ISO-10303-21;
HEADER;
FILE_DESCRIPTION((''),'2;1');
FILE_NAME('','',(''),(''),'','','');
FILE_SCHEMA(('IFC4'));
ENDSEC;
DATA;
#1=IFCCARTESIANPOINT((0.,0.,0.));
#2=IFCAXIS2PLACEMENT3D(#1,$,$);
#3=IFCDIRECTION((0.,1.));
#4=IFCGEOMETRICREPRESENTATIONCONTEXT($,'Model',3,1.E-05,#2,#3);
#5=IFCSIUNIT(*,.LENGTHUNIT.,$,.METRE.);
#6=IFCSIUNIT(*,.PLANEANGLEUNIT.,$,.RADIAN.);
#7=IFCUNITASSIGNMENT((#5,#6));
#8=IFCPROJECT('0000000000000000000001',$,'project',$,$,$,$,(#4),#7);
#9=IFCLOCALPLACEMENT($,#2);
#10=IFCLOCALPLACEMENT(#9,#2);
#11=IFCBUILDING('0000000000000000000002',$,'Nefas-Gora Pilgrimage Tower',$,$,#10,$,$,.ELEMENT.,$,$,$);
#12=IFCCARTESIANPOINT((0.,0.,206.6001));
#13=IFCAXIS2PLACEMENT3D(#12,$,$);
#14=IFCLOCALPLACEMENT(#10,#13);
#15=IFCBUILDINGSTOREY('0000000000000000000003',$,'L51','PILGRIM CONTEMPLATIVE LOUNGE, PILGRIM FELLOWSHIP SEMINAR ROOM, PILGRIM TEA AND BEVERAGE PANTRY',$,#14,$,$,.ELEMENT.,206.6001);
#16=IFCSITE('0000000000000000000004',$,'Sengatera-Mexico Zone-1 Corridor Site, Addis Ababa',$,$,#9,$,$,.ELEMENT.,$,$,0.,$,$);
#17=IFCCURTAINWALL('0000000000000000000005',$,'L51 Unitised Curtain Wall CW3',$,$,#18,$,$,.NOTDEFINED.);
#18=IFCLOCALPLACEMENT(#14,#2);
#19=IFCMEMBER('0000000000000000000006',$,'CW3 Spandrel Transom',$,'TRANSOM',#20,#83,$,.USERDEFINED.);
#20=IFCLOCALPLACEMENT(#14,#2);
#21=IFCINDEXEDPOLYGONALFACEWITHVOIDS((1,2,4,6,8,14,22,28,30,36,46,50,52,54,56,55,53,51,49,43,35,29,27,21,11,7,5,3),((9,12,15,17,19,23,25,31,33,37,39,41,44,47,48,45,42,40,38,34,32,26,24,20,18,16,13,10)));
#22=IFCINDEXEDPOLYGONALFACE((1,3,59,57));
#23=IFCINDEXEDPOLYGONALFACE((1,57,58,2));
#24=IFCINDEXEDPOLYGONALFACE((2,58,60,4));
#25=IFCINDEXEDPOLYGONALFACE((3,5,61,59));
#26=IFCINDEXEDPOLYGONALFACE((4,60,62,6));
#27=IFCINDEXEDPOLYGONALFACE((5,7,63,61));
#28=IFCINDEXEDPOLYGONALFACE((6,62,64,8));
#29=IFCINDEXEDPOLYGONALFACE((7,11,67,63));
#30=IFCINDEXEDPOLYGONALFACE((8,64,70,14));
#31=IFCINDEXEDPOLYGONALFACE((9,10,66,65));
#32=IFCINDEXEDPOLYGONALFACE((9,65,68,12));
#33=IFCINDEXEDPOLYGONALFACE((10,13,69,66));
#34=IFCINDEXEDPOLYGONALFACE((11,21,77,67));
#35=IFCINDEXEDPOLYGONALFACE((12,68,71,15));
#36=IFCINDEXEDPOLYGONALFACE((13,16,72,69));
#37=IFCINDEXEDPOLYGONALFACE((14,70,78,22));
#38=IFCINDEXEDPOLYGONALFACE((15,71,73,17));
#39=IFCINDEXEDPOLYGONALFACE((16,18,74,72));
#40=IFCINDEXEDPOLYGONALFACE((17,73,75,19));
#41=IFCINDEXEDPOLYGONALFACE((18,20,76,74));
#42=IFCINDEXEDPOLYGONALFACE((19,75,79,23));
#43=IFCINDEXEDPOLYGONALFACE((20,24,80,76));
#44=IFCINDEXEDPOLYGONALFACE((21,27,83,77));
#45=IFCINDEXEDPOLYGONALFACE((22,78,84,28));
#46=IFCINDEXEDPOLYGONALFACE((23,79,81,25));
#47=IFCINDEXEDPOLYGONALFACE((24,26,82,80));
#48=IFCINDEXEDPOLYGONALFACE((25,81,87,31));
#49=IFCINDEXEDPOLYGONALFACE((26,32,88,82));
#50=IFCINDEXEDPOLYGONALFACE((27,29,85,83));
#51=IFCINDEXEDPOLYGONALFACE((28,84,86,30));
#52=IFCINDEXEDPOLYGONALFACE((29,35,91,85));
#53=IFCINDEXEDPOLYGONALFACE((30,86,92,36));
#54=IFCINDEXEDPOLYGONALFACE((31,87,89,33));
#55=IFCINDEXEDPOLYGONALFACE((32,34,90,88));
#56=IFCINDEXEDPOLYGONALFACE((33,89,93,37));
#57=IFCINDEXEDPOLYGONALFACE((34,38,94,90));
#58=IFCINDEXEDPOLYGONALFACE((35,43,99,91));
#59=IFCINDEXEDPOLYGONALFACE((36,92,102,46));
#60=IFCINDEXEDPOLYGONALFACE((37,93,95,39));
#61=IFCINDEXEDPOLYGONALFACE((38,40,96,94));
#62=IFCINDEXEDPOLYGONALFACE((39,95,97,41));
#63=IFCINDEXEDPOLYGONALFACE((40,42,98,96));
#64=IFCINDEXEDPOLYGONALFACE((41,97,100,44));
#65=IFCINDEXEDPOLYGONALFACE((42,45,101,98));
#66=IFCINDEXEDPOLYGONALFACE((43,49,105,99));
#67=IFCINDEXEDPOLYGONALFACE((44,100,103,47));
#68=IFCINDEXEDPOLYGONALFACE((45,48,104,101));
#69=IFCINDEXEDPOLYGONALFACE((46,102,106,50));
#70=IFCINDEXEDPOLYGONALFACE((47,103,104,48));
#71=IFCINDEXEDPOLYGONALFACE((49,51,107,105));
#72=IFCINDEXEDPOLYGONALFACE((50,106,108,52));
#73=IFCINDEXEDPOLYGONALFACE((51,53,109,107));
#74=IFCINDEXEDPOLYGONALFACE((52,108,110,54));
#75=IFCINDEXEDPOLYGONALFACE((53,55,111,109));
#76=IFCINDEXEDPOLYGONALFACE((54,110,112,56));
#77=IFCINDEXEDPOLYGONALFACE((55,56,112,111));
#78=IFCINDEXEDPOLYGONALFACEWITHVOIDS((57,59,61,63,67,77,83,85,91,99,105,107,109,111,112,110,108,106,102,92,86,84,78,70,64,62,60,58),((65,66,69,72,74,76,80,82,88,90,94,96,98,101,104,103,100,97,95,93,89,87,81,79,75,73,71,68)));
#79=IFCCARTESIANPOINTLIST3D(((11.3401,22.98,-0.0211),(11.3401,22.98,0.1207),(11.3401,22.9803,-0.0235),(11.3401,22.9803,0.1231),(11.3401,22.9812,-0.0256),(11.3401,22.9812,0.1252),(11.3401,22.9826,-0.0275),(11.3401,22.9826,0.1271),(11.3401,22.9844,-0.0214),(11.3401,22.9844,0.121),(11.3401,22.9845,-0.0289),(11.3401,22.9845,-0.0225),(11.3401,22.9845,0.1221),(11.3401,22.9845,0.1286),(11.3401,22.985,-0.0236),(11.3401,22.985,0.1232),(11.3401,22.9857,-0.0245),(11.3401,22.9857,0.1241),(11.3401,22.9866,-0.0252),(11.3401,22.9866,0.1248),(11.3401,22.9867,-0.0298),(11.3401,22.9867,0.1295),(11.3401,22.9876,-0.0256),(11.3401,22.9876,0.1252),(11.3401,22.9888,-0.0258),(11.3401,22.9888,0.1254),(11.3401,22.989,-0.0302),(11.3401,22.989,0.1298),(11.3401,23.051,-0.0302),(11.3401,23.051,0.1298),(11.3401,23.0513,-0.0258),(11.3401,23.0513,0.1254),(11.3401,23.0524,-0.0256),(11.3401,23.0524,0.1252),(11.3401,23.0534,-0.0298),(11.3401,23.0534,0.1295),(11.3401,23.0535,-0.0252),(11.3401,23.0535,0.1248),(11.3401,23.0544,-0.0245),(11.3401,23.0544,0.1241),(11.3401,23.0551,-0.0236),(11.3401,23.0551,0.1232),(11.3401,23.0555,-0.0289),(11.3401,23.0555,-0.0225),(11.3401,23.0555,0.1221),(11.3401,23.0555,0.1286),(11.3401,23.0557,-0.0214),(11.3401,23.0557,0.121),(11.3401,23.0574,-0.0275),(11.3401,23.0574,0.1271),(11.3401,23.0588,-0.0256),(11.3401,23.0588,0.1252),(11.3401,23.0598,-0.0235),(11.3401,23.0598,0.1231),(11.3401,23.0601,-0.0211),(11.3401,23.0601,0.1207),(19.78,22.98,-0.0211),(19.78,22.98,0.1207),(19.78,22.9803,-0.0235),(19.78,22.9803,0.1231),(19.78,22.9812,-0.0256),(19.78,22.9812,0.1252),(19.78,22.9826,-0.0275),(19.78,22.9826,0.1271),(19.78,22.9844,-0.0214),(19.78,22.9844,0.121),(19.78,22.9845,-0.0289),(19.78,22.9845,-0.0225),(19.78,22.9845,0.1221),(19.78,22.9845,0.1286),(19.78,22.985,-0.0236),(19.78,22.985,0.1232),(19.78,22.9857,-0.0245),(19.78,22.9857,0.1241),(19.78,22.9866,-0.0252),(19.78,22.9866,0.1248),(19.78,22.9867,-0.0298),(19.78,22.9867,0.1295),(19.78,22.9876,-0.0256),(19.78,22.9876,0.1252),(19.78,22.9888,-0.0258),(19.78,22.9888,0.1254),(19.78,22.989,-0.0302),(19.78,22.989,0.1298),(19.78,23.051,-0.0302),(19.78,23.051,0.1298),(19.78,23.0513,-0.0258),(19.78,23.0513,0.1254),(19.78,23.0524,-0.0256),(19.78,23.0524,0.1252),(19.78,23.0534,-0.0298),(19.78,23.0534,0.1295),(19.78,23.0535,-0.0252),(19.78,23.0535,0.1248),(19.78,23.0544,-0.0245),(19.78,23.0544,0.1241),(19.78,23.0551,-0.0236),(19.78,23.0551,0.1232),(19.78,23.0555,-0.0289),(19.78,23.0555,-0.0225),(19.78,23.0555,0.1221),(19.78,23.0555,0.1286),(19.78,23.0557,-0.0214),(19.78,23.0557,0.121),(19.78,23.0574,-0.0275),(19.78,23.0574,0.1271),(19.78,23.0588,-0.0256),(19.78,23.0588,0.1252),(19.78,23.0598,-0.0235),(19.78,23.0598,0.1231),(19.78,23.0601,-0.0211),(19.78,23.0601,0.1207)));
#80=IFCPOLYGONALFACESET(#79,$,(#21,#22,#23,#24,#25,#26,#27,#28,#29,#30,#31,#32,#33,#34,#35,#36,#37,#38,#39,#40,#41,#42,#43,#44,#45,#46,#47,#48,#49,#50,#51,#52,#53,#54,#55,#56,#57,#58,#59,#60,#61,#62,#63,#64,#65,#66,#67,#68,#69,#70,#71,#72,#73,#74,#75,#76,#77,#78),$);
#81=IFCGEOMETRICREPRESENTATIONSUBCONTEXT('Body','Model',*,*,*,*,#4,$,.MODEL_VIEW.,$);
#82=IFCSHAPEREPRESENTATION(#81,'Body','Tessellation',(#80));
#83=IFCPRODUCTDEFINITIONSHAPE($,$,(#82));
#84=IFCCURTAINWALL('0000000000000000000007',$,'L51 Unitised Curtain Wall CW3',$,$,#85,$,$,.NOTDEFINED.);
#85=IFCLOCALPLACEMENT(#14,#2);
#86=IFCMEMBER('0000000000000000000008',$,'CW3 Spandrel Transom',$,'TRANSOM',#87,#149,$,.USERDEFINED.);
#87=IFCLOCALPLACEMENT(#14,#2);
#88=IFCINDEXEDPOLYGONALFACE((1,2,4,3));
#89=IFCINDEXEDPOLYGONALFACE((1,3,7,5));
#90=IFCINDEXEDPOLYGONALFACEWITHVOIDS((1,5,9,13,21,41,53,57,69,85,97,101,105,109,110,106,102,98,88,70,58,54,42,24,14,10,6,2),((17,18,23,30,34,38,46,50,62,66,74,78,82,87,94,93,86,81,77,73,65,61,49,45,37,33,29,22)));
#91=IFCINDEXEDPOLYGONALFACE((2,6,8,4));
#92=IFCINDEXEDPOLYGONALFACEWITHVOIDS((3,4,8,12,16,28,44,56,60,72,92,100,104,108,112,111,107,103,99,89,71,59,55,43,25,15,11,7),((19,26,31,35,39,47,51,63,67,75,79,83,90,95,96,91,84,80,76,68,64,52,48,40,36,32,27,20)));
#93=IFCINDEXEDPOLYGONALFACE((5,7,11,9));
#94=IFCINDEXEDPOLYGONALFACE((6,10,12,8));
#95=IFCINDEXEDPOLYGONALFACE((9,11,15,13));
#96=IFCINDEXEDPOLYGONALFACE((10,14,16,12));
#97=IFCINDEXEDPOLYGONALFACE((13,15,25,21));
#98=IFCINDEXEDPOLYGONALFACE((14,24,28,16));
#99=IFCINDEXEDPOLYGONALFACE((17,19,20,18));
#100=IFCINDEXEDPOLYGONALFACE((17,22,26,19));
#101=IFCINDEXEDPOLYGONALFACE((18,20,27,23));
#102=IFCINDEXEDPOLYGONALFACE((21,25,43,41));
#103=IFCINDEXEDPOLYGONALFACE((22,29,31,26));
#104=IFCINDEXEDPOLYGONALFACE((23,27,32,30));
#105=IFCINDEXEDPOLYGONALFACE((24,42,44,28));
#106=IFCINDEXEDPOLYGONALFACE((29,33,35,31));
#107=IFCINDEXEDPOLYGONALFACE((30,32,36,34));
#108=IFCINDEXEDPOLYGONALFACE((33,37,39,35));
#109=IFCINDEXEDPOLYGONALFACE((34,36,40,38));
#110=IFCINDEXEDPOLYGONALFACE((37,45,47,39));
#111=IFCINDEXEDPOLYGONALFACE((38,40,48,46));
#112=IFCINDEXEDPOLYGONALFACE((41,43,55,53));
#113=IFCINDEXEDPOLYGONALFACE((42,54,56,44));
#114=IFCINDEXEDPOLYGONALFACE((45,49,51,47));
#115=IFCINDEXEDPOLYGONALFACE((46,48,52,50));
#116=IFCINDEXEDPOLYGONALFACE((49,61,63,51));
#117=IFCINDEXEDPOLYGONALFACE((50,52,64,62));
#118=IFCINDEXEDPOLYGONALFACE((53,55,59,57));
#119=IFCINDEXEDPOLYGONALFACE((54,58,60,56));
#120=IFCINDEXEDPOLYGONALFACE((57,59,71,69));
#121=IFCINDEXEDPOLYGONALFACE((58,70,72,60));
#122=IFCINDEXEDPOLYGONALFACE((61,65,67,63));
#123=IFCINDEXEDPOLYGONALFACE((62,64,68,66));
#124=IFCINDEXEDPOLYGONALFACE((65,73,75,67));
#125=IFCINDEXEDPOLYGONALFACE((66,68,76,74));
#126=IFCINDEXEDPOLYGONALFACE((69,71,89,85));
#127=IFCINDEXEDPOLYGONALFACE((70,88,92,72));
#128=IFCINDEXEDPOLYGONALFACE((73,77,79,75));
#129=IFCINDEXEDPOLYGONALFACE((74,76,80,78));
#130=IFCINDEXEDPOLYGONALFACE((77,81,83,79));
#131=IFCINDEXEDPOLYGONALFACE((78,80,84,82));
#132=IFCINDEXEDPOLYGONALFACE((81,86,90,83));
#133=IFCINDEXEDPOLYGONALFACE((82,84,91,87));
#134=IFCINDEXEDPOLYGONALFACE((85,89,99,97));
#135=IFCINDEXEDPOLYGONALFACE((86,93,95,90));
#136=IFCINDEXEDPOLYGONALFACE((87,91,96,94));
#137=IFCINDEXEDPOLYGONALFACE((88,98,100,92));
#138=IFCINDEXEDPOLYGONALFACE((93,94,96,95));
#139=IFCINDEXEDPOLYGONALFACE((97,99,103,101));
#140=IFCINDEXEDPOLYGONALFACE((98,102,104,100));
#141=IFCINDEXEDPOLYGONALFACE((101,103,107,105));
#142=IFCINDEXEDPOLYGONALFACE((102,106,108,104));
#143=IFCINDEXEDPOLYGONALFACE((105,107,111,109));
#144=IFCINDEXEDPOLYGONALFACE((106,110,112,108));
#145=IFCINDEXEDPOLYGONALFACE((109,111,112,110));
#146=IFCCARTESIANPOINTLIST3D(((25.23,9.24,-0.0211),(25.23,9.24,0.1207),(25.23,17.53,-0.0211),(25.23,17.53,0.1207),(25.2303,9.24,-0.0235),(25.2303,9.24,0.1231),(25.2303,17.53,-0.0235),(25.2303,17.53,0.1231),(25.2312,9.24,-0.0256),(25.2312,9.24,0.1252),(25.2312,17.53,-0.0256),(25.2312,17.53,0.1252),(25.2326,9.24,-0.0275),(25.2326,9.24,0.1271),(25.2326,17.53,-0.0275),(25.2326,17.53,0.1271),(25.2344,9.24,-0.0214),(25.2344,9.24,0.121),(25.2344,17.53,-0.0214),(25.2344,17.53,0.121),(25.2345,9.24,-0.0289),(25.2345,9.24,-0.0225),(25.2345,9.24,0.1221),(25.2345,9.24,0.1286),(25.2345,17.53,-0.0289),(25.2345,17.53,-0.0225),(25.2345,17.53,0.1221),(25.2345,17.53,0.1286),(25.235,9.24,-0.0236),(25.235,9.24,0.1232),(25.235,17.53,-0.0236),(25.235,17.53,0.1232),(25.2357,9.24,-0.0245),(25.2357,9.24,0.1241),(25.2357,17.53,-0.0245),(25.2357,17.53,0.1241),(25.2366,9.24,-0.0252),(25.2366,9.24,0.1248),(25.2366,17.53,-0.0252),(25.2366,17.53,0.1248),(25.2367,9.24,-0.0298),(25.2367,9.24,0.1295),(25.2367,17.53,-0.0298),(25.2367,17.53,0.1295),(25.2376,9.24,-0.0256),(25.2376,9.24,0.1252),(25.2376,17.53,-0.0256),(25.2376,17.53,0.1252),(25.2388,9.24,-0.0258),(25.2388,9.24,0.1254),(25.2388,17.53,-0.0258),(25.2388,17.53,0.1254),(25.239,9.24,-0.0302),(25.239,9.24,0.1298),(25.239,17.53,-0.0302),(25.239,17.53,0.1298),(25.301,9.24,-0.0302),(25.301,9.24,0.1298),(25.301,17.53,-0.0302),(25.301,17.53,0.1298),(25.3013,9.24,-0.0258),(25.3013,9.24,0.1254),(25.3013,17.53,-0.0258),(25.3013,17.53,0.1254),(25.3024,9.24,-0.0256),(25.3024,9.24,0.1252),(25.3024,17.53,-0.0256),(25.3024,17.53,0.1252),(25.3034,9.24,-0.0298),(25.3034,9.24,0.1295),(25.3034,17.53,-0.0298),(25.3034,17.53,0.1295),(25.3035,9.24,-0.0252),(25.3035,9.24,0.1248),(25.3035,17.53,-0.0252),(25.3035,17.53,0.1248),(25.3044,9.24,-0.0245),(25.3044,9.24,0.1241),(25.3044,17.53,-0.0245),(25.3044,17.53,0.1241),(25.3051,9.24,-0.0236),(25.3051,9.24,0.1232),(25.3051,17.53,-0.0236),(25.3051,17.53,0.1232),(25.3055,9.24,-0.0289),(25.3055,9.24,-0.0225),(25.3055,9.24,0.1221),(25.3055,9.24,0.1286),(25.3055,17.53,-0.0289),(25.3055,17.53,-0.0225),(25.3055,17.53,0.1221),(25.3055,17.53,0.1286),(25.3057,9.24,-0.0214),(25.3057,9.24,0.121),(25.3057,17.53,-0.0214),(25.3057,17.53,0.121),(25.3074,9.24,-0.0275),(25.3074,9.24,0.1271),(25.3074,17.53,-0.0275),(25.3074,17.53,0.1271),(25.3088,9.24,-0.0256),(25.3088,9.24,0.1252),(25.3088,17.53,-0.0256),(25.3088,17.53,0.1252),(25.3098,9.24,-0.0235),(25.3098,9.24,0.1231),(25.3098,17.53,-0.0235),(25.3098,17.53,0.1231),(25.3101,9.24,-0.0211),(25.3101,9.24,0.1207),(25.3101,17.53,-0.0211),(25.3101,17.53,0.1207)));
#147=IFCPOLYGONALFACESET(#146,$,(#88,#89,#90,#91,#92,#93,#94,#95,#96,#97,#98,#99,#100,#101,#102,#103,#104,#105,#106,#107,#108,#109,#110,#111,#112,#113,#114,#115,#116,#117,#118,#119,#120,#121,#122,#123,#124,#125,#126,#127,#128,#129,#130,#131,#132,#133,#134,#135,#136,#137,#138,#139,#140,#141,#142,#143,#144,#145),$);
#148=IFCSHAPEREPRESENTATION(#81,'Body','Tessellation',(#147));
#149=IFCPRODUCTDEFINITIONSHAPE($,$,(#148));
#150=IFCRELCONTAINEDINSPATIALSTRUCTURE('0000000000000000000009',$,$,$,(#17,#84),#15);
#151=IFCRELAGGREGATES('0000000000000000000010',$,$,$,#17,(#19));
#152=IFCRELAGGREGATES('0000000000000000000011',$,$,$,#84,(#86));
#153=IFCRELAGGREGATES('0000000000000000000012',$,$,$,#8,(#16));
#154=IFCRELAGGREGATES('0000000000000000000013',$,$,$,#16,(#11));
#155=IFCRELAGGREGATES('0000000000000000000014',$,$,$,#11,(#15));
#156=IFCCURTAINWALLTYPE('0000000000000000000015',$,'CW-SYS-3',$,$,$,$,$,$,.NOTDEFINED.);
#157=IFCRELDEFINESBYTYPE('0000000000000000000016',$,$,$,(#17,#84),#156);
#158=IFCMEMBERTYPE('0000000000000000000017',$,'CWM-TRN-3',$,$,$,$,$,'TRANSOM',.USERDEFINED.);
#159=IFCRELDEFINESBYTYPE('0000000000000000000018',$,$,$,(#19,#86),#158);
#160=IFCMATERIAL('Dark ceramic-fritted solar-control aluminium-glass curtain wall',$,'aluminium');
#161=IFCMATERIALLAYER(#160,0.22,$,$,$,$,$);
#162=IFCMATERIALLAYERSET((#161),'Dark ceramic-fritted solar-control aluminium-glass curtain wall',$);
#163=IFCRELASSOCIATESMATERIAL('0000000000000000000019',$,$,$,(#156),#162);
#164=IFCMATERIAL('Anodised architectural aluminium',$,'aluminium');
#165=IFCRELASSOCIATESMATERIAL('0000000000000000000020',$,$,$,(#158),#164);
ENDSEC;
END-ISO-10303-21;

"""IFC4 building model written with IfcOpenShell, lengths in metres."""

from ifc_helpers import new_model, si_unit, direction, frame, origin, origin_2d, place, context, subcontext, project, spatial, hollow_rectangle, extrude, source, transform, mapped, material, layer, layer_set, material_profile, profile_set, type_object, element, aggregate, save


model = new_model("IFC4")

# Units and contexts
model_context = context("Model", 3, precision=1e-05, world=origin(), true_north=direction((0.0, 1.0)))
body_context = subcontext(model_context, "Body", "Model", "MODEL_VIEW")
ifc_project = project(units=[si_unit("LENGTHUNIT", "METRE"), si_unit("PLANEANGLEUNIT", "RADIAN")], contexts=[model_context])

# Site, building, storey
site_placement = place(None, origin())
site = spatial("IfcSite", under=ifc_project, at=site_placement, Name="Sengatera-Mexico Zone-1 Corridor Site, Addis Ababa", CompositionType="ELEMENT", RefElevation=0.0)
building_placement = place(site_placement, origin())
building = spatial("IfcBuilding", under=site, at=building_placement, Name="Nefas-Gora Pilgrimage Tower", CompositionType="ELEMENT")
storey_placement = place(building_placement, frame((0.0, 0.0, 206.6001)))
storey = spatial("IfcBuildingStorey", under=building, at=storey_placement, Name="L51", Description="PILGRIM CONTEMPLATIVE LOUNGE, PILGRIM FELLOWSHIP SEMINAR ROOM, PILGRIM TEA AND BEVERAGE PANTRY", CompositionType="ELEMENT", Elevation=206.6001)

# Curtain wall, member
ifc_material_1 = material(Name="Dark ceramic-fritted solar-control aluminium-glass curtain wall", Category="aluminium")
ifc_layer_1 = layer(ifc_material_1, 0.22)
ifc_layer_set_1 = layer_set([ifc_layer_1], Name="Dark ceramic-fritted solar-control aluminium-glass curtain wall")
curtain_wall_type = type_object("IfcCurtainWallType", Name="CW-SYS-3", PredefinedType="NOTDEFINED", material=ifc_layer_set_1)
curtain_wall_1_placement = place(storey_placement, origin())
curtain_wall_1 = element("IfcCurtainWall", 1, at=curtain_wall_1_placement, inside=storey, type_object=curtain_wall_type, Name="L51 Unitised Curtain Wall CW3", PredefinedType="NOTDEFINED")
ifc_material_2 = material(Name="Anodised architectural aluminium", Category="aluminium")
ifc_material_profile_1 = material_profile(ifc_material_2, hollow_rectangle(XDim=0.0801, YDim=0.1599, WallThickness=0.0044, InnerFilletRadius=0.0044, OuterFilletRadius=0.009, at=origin_2d()), Name="ALU TRANSOM 80x160")
ifc_profile_set_1 = profile_set([ifc_material_profile_1], Name="Anodised architectural aluminium")
member_type_1 = type_object("IfcMemberType", Name="CWM-TRN-3", ElementType="TRANSOM", PredefinedType="USERDEFINED", material=ifc_profile_set_1)
shared_shape_1 = source(origin(), body_context, "Body", "SweptSolid", [
    extrude(hollow_rectangle(XDim=0.0801, YDim=0.1599, WallThickness=0.0044, InnerFilletRadius=0.0044, OuterFilletRadius=0.009, at=origin_2d()), origin(), (0.0, 0.0, 1.0), 8.4399),
])
member_1_placement = place(storey_placement, frame((19.78, 23.02, 0.0498), z_axis=(-1.0, 0.0, 0.0), x_axis=(0.0, -1.0, 0.0)))
member_1 = element("IfcMember", 2, at=member_1_placement, type_object=member_type_1, Name="CW3 Spandrel Transom", ObjectType="TRANSOM", PredefinedType="USERDEFINED", context=body_context, shape_type="MappedRepresentation", body=[
    mapped(shared_shape_1, transform((0.0, 0.0, 0.0), x_axis=(1.0, 0.0, 0.0), y_axis=(0.0, 1.0, 0.0), z_axis=(0.0, 0.0, 1.0), scale=1.0)),
])

# Curtain wall, member
curtain_wall_2_placement = place(storey_placement, origin())
curtain_wall_2 = element("IfcCurtainWall", 3, at=curtain_wall_2_placement, inside=storey, type_object=curtain_wall_type, Name="L51 Unitised Curtain Wall CW3", PredefinedType="NOTDEFINED")
shared_shape_2 = source(origin(), body_context, "Body", "SweptSolid", [
    extrude(hollow_rectangle(XDim=0.0801, YDim=0.1599, WallThickness=0.0044, InnerFilletRadius=0.0044, OuterFilletRadius=0.009, at=origin_2d()), origin(), (0.0, 0.0, 1.0), 8.29),
])
member_2_placement = place(storey_placement, frame((25.27, 9.24, 0.0498), z_axis=(0.0, 1.0, 0.0), x_axis=(-1.0, 0.0, 0.0)))
member_2 = element("IfcMember", 4, at=member_2_placement, type_object=member_type_1, Name="CW3 Spandrel Transom", ObjectType="TRANSOM", PredefinedType="USERDEFINED", context=body_context, shape_type="MappedRepresentation", body=[
    mapped(shared_shape_2, transform((0.0, 0.0, 0.0), x_axis=(1.0, 0.0, 0.0), y_axis=(0.0, 1.0, 0.0), z_axis=(0.0, 0.0, 1.0), scale=1.0)),
])

aggregate(curtain_wall_1, [member_1])
aggregate(curtain_wall_2, [member_2])

save(model, "model.ifc")
